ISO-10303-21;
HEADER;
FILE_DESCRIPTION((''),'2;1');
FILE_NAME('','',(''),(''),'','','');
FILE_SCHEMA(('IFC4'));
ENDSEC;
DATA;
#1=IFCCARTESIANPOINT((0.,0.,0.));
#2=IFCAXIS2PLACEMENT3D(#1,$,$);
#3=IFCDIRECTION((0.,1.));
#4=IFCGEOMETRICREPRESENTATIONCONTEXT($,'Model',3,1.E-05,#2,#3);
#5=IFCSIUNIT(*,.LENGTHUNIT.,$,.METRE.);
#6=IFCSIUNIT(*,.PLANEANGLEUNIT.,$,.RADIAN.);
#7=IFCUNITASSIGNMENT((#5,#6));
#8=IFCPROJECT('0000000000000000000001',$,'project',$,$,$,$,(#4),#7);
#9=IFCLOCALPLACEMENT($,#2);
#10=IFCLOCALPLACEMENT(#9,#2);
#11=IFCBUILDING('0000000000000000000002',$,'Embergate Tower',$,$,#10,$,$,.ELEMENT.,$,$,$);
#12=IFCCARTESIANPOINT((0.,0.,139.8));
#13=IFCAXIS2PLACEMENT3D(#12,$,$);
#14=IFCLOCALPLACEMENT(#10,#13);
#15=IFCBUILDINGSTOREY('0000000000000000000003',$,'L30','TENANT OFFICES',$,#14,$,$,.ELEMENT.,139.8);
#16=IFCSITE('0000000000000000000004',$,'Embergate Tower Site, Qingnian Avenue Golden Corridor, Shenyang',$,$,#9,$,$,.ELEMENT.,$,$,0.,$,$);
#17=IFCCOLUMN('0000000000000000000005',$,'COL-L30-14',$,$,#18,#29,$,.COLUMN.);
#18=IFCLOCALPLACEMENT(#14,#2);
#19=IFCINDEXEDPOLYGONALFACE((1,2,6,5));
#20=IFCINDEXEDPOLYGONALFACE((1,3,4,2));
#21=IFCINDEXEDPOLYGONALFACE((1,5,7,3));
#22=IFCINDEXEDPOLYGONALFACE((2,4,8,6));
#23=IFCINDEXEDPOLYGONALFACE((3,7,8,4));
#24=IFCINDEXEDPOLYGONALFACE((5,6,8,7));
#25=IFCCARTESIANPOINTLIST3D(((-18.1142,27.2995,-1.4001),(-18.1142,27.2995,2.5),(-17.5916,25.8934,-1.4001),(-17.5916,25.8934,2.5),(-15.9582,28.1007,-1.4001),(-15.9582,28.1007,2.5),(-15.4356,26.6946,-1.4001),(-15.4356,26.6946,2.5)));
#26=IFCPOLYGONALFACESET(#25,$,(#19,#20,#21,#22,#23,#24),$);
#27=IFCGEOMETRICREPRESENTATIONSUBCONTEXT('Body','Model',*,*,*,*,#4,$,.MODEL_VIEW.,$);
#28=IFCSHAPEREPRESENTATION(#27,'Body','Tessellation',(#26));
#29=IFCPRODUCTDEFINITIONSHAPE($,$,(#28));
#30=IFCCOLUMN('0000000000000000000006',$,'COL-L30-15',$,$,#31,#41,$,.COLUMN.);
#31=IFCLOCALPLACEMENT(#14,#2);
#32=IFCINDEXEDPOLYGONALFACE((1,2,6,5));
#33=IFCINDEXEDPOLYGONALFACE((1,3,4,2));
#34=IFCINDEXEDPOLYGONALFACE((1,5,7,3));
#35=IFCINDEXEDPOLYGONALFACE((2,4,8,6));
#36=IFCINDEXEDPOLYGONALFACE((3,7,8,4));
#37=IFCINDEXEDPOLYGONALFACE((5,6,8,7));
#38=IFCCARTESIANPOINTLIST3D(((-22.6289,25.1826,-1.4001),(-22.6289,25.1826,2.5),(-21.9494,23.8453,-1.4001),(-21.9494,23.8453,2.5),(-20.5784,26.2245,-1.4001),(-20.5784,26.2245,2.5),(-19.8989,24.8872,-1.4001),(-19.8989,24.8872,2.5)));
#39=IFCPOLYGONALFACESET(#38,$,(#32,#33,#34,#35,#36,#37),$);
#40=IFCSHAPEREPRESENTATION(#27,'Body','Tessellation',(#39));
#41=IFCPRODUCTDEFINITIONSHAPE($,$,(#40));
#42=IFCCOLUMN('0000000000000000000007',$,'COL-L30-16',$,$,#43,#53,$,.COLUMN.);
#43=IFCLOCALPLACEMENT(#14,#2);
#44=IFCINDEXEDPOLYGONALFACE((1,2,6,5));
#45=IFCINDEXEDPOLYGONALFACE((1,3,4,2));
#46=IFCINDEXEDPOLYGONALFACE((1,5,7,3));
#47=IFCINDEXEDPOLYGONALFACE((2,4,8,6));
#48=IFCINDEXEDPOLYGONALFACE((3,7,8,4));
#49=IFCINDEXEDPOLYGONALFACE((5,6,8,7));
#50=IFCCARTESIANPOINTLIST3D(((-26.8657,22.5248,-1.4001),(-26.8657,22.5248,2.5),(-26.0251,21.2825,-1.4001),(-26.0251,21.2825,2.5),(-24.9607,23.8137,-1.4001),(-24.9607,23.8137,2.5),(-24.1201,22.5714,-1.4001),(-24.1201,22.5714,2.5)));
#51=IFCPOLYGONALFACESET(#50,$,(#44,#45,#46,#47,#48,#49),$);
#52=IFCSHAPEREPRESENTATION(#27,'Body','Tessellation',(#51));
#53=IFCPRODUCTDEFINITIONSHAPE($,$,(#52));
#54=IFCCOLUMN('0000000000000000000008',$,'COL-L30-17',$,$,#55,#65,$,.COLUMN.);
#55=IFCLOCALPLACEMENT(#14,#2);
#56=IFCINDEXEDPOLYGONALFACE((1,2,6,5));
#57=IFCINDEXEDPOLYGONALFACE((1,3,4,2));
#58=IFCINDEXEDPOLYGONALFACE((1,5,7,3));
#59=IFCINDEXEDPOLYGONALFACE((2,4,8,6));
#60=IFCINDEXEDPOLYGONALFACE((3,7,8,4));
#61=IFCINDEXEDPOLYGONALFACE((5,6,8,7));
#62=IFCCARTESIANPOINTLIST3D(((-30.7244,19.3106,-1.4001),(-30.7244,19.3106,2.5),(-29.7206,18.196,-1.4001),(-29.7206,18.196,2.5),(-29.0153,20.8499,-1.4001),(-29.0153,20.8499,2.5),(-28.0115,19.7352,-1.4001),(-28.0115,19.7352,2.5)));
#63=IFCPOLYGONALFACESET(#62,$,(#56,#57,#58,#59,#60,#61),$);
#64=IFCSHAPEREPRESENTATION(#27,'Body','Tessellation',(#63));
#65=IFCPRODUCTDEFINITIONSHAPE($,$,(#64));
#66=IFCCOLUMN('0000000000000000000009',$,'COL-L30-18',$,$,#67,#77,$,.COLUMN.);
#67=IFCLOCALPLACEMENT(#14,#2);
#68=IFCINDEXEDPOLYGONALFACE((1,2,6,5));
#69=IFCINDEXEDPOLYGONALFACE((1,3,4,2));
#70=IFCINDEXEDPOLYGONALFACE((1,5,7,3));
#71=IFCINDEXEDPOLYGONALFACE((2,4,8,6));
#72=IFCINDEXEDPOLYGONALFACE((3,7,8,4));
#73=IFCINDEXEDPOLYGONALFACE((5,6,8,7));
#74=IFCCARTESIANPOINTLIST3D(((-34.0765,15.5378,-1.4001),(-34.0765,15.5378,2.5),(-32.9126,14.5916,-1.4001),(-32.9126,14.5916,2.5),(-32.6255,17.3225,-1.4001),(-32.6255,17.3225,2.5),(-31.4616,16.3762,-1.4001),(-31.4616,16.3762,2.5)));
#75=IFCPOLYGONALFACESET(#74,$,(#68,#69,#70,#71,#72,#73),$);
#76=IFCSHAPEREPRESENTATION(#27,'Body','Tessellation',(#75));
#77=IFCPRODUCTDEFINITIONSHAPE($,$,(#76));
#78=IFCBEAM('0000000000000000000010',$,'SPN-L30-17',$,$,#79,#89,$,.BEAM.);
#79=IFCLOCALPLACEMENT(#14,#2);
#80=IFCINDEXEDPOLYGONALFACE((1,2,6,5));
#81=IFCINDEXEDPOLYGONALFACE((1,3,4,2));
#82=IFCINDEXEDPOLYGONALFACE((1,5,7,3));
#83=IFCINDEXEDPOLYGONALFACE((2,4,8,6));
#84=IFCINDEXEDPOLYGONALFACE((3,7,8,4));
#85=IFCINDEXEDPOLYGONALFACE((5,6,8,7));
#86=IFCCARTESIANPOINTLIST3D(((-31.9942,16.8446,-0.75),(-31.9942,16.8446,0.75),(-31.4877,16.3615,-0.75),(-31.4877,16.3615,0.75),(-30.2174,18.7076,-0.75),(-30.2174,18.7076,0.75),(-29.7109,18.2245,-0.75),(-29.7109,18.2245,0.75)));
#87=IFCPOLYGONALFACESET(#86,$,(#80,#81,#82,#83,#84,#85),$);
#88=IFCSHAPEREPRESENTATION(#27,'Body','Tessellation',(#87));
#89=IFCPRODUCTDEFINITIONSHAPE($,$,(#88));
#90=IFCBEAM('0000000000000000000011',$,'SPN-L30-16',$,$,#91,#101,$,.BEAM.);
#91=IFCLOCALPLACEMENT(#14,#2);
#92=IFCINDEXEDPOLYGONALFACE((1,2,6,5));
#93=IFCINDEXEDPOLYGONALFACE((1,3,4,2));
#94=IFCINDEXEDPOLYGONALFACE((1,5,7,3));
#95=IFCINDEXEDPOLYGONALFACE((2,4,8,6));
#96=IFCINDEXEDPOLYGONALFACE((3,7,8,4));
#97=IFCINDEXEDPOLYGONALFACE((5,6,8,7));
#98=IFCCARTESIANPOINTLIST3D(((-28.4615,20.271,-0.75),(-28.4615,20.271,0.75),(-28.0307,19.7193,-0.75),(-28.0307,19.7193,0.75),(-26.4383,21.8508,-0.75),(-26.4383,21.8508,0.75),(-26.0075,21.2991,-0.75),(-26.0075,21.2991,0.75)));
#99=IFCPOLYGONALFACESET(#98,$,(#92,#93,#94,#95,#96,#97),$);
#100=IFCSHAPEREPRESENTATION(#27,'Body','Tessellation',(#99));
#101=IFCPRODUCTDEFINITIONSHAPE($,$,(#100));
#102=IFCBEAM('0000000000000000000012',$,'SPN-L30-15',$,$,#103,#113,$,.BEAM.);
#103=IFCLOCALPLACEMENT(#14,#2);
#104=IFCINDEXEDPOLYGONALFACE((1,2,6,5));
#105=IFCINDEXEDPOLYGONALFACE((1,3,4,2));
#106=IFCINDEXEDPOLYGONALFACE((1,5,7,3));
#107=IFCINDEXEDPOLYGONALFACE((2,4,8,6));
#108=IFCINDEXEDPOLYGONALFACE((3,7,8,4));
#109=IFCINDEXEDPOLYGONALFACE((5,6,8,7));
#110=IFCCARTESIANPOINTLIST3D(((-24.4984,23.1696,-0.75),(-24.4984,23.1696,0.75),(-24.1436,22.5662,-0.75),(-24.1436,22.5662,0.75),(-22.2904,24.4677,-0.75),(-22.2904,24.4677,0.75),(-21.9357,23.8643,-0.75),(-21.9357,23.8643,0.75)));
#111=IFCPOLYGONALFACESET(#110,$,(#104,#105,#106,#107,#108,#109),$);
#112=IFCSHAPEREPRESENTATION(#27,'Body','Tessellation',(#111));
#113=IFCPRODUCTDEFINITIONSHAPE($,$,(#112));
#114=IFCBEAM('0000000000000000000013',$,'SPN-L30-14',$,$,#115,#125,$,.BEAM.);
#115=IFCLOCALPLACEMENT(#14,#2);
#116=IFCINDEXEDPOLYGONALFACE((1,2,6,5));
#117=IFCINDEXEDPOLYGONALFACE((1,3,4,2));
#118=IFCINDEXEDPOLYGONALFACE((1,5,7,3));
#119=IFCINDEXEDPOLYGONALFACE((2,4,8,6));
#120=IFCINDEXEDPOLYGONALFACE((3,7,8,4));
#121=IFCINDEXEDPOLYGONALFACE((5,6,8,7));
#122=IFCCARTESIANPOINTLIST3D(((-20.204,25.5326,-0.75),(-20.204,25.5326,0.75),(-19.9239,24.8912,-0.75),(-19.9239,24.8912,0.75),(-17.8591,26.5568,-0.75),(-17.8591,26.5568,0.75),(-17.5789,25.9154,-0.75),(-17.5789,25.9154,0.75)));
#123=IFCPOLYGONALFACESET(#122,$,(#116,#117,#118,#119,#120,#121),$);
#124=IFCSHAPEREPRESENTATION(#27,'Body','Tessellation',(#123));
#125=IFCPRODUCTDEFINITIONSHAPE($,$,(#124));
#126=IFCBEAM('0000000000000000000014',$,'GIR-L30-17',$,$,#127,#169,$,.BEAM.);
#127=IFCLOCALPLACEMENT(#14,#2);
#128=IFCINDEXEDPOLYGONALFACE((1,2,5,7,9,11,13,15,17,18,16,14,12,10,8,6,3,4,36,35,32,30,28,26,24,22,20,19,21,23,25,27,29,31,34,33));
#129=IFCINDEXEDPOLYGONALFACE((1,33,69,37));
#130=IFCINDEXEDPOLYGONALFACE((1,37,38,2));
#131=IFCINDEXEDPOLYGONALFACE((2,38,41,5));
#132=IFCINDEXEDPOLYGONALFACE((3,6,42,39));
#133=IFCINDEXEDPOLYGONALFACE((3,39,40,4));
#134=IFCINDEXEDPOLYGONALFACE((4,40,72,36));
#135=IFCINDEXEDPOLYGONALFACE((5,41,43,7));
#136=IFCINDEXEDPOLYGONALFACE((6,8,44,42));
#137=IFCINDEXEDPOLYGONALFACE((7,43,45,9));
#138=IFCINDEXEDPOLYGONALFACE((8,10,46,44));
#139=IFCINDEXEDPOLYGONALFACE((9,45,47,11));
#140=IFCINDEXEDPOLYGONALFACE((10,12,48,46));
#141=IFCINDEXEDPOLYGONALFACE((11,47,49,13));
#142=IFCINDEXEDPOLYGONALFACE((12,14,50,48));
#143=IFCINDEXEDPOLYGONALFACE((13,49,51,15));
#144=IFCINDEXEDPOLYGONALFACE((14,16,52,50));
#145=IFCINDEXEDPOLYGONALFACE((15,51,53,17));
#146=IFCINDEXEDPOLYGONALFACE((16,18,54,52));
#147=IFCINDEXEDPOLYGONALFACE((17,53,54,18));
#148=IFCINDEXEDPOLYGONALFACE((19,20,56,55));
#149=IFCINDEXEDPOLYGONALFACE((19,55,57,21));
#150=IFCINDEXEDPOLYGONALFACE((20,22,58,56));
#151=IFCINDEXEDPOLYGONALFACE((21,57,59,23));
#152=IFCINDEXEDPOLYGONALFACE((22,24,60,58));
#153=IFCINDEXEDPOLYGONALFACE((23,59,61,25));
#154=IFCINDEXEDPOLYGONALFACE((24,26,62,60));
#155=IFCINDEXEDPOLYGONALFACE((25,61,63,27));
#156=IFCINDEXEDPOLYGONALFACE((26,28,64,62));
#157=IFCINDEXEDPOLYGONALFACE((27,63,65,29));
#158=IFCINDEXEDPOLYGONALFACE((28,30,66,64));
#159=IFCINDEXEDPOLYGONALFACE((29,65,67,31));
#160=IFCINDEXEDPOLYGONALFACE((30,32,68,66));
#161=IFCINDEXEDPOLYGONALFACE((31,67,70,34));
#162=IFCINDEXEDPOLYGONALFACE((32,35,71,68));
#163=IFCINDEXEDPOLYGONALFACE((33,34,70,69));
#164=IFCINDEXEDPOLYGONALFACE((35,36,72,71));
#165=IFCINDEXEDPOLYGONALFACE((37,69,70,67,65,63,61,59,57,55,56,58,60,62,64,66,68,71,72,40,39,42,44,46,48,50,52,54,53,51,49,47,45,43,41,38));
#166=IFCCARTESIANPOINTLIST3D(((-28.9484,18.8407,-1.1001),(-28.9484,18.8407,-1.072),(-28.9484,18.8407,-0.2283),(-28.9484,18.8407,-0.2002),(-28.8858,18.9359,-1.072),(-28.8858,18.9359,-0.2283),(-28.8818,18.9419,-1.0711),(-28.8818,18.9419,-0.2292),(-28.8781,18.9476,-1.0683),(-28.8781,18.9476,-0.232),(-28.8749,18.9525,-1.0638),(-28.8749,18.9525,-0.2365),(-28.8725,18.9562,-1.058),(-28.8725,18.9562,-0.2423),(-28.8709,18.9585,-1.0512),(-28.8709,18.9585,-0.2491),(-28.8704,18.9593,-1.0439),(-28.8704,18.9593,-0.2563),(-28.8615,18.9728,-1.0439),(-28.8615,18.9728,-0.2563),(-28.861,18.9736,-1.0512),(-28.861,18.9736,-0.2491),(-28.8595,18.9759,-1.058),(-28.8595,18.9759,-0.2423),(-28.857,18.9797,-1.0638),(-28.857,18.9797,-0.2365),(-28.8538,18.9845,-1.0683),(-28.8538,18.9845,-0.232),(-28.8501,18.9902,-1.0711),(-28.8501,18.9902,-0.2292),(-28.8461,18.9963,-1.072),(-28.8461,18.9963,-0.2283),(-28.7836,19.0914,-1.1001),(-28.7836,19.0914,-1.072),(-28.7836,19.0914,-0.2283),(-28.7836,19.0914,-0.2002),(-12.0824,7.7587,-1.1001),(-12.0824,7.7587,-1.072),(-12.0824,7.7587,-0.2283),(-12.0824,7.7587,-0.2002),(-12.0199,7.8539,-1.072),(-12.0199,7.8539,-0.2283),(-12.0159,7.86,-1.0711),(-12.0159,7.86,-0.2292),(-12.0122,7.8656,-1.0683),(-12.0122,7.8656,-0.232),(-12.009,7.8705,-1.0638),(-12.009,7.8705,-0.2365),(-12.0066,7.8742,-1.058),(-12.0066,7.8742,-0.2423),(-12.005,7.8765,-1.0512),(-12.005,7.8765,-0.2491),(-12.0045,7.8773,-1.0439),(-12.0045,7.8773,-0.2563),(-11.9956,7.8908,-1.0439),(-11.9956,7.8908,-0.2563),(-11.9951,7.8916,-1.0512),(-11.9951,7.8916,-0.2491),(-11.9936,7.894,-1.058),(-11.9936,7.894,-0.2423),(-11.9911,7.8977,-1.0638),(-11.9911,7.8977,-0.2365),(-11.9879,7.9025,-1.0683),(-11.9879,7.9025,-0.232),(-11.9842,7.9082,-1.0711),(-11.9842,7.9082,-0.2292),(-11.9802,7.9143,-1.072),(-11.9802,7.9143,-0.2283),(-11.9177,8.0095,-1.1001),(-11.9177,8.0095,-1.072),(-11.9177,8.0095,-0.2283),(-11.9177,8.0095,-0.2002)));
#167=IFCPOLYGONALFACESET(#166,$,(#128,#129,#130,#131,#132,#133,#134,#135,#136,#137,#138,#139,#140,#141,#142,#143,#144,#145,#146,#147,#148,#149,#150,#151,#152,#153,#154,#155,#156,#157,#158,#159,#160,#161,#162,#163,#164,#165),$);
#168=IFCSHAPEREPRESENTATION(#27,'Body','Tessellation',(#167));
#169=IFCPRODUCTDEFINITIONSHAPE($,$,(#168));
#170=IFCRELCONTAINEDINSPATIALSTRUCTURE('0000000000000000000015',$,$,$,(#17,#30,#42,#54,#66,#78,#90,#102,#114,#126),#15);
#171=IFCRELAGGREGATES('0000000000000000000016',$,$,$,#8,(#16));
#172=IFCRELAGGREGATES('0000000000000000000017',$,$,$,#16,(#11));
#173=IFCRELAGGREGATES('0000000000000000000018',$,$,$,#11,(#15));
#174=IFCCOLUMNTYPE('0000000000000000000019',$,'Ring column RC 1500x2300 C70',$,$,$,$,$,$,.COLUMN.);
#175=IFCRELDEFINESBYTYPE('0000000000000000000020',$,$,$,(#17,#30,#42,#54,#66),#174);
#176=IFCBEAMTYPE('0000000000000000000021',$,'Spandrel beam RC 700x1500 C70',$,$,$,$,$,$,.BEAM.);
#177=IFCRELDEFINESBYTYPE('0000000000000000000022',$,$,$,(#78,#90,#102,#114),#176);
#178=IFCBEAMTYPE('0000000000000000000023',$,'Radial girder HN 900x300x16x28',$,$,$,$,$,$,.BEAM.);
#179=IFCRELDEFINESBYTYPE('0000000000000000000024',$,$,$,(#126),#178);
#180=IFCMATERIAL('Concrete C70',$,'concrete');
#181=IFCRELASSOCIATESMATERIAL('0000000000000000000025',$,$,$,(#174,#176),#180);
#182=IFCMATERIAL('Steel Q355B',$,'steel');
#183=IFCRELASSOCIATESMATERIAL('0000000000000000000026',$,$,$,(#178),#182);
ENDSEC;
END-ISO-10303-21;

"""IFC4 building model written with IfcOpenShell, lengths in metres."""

from ifc_helpers import new_model, si_unit, direction, frame, origin, origin_2d, place, context, subcontext, project, spatial, rectangle, i_section, extrude, source, transform, mapped, material, material_profile, profile_set, type_object, element, save


model = new_model("IFC4")

# Units and contexts
model_context = context("Model", 3, precision=1e-05, world=origin(), true_north=direction((0.0, 1.0)))
body_context = subcontext(model_context, "Body", "Model", "MODEL_VIEW")
ifc_project = project(units=[si_unit("LENGTHUNIT", "METRE"), si_unit("PLANEANGLEUNIT", "RADIAN")], contexts=[model_context])

# Site, building, storey
site_placement = place(None, origin())
site = spatial("IfcSite", under=ifc_project, at=site_placement, Name="Embergate Tower Site, Qingnian Avenue Golden Corridor, Shenyang", CompositionType="ELEMENT", RefElevation=0.0)
building_placement = place(site_placement, origin())
building = spatial("IfcBuilding", under=site, at=building_placement, Name="Embergate Tower", CompositionType="ELEMENT")
storey_placement = place(building_placement, frame((0.0, 0.0, 139.8)))
storey = spatial("IfcBuildingStorey", under=building, at=storey_placement, Name="L30", Description="TENANT OFFICES", CompositionType="ELEMENT", Elevation=139.8)

# Columns
ifc_material_1 = material(Name="Concrete C70", Category="concrete")
ifc_material_profile_1 = material_profile(ifc_material_1, rectangle(XDim=1.5, YDim=2.3, at=origin_2d()), Name="RC 1500x2300")
ifc_profile_set_1 = profile_set([ifc_material_profile_1], Name="Concrete C70")
column_type = type_object("IfcColumnType", Name="Ring column RC 1500x2300 C70", PredefinedType="COLUMN", material=ifc_profile_set_1)
shared_shape_1 = source(origin(), body_context, "Body", "SweptSolid", [
    extrude(rectangle(XDim=1.5, YDim=2.3, at=origin_2d()), origin(), (0.0, 0.0, 1.0), 3.9001),
])
for number, where, z_axis, x_axis, name in (
    (1, (-16.7749, 26.9971, -1.4001), (0.0, 0.0, 1.0), (-0.348343, 0.937367, 0.0), "COL-L30-14"),
    (2, (-21.2639, 25.0349, -1.4001), (0.0, 0.0, 1.0), (-0.452995, 0.891513, 0.0), "COL-L30-15"),
    (3, (-25.4929, 22.5481, -1.4001), (0.0, 0.0, 1.0), (-0.560393, 0.828227, 0.0), "COL-L30-16"),
    (4, (-29.3679, 19.5229, -1.4001), (0.0, 0.0, 1.0), (-0.669208, 0.743075, 0.0), "COL-L30-17"),
    (5, (-32.769, 15.957, -1.4001), (0.0, 0.0, 1.0), (-0.775914, 0.630838, 0.0), "COL-L30-18"),
):
    element("IfcColumn", number, at=place(storey_placement, frame(where, z_axis=z_axis, x_axis=x_axis)), inside=storey, type_object=column_type, Name=name, PredefinedType="COLUMN", context=body_context, shape_type="MappedRepresentation", body=[
        mapped(shared_shape_1, transform((0.0, 0.0, 0.0))),
    ])

# Beams
ifc_material_profile_2 = material_profile(ifc_material_1, rectangle(XDim=0.7, YDim=1.5, at=origin_2d()), Name="RC 700x1500")
ifc_profile_set_2 = profile_set([ifc_material_profile_2], Name="Concrete C70")
beam_type_1 = type_object("IfcBeamType", Name="Spandrel beam RC 700x1500 C70", PredefinedType="BEAM", material=ifc_profile_set_2)
shared_shape_2 = source(origin(), body_context, "Body", "SweptSolid", [
    extrude(rectangle(XDim=0.7, YDim=1.5, at=origin_2d()), origin(), (0.0, 0.0, 1.0), 2.5745),
])
beam_1_placement = place(storey_placement, frame((-29.9641, 18.4661, 0.0), z_axis=(-0.690171, -0.723646, 0.0), x_axis=(0.723646, -0.690171, 0.0)))
element("IfcBeam", 6, at=beam_1_placement, inside=storey, type_object=beam_type_1, Name="SPN-L30-17", PredefinedType="BEAM", context=body_context, shape_type="MappedRepresentation", body=[
    mapped(shared_shape_2, transform((0.0, 0.0, 0.0))),
])
shared_shape_3 = source(origin(), body_context, "Body", "SweptSolid", [
    extrude(rectangle(XDim=0.7, YDim=1.5, at=origin_2d()), origin(), (0.0, 0.0, 1.0), 2.5669),
])
beam_2_placement = place(storey_placement, frame((-26.2229, 21.575, 0.0), z_axis=(-0.788173, -0.615454, 0.0), x_axis=(0.615454, -0.788173, 0.0)))
element("IfcBeam", 7, at=beam_2_placement, inside=storey, type_object=beam_type_1, Name="SPN-L30-16", PredefinedType="BEAM", context=body_context, shape_type="MappedRepresentation", body=[
    mapped(shared_shape_3, transform((0.0, 0.0, 0.0))),
])
shared_shape_4 = source(origin(), body_context, "Body", "SweptSolid", [
    extrude(rectangle(XDim=0.7, YDim=1.5, at=origin_2d()), origin(), (0.0, 0.0, 1.0), 2.5613),
])
beam_3_placement = place(storey_placement, frame((-22.113, 24.166, 0.0), z_axis=(-0.862059, -0.506808, 0.0), x_axis=(0.506808, -0.862059, 0.0)))
element("IfcBeam", 8, at=beam_3_placement, inside=storey, type_object=beam_type_1, Name="SPN-L30-15", PredefinedType="BEAM", context=body_context, shape_type="MappedRepresentation", body=[
    mapped(shared_shape_4, transform((0.0, 0.0, 0.0))),
])
shared_shape_5 = source(origin(), body_context, "Body", "SweptSolid", [
    extrude(rectangle(XDim=0.7, YDim=1.5, at=origin_2d()), origin(), (0.0, 0.0, 1.0), 2.5588),
])
beam_4_placement = place(storey_placement, frame((-17.719, 26.2361, 0.0), z_axis=(-0.916409, -0.400243, 0.0), x_axis=(0.400243, -0.916409, 0.0)))
element("IfcBeam", 9, at=beam_4_placement, inside=storey, type_object=beam_type_1, Name="SPN-L30-14", PredefinedType="BEAM", context=body_context, shape_type="MappedRepresentation", body=[
    mapped(shared_shape_5, transform((0.0, 0.0, 0.0))),
])
ifc_material_2 = material(Name="Steel Q355B", Category="steel")
ifc_material_profile_3 = material_profile(ifc_material_2, i_section(OverallWidth=0.3, OverallDepth=0.8999, WebThickness=0.0161, FlangeThickness=0.0281, FilletRadius=0.0281, at=origin_2d()), Name="HN 900x300x16x28")
ifc_profile_set_3 = profile_set([ifc_material_profile_3], Name="Steel Q355 grade B")
beam_type_2 = type_object("IfcBeamType", Name="Radial girder HN 900x300x16x28", PredefinedType="BEAM", material=ifc_profile_set_3)
shared_shape_6 = source(origin(), body_context, "Body", "SweptSolid", [
    extrude(i_section(OverallWidth=0.3, OverallDepth=0.8999, WebThickness=0.0161, FlangeThickness=0.0281, FilletRadius=0.0281, at=origin_2d()), origin(), (0.0, 0.0, 1.0), 20.1809),
])
beam_5_placement = place(storey_placement, frame((-28.866, 18.9661, -0.6501), z_axis=(0.835735, -0.549132, 0.0), x_axis=(0.549132, 0.835735, 0.0)))
element("IfcBeam", 10, at=beam_5_placement, inside=storey, type_object=beam_type_2, Name="GIR-L30-17", PredefinedType="BEAM", context=body_context, shape_type="MappedRepresentation", body=[
    mapped(shared_shape_6, transform((0.0, 0.0, 0.0))),
])

save(model, "model.ifc")
